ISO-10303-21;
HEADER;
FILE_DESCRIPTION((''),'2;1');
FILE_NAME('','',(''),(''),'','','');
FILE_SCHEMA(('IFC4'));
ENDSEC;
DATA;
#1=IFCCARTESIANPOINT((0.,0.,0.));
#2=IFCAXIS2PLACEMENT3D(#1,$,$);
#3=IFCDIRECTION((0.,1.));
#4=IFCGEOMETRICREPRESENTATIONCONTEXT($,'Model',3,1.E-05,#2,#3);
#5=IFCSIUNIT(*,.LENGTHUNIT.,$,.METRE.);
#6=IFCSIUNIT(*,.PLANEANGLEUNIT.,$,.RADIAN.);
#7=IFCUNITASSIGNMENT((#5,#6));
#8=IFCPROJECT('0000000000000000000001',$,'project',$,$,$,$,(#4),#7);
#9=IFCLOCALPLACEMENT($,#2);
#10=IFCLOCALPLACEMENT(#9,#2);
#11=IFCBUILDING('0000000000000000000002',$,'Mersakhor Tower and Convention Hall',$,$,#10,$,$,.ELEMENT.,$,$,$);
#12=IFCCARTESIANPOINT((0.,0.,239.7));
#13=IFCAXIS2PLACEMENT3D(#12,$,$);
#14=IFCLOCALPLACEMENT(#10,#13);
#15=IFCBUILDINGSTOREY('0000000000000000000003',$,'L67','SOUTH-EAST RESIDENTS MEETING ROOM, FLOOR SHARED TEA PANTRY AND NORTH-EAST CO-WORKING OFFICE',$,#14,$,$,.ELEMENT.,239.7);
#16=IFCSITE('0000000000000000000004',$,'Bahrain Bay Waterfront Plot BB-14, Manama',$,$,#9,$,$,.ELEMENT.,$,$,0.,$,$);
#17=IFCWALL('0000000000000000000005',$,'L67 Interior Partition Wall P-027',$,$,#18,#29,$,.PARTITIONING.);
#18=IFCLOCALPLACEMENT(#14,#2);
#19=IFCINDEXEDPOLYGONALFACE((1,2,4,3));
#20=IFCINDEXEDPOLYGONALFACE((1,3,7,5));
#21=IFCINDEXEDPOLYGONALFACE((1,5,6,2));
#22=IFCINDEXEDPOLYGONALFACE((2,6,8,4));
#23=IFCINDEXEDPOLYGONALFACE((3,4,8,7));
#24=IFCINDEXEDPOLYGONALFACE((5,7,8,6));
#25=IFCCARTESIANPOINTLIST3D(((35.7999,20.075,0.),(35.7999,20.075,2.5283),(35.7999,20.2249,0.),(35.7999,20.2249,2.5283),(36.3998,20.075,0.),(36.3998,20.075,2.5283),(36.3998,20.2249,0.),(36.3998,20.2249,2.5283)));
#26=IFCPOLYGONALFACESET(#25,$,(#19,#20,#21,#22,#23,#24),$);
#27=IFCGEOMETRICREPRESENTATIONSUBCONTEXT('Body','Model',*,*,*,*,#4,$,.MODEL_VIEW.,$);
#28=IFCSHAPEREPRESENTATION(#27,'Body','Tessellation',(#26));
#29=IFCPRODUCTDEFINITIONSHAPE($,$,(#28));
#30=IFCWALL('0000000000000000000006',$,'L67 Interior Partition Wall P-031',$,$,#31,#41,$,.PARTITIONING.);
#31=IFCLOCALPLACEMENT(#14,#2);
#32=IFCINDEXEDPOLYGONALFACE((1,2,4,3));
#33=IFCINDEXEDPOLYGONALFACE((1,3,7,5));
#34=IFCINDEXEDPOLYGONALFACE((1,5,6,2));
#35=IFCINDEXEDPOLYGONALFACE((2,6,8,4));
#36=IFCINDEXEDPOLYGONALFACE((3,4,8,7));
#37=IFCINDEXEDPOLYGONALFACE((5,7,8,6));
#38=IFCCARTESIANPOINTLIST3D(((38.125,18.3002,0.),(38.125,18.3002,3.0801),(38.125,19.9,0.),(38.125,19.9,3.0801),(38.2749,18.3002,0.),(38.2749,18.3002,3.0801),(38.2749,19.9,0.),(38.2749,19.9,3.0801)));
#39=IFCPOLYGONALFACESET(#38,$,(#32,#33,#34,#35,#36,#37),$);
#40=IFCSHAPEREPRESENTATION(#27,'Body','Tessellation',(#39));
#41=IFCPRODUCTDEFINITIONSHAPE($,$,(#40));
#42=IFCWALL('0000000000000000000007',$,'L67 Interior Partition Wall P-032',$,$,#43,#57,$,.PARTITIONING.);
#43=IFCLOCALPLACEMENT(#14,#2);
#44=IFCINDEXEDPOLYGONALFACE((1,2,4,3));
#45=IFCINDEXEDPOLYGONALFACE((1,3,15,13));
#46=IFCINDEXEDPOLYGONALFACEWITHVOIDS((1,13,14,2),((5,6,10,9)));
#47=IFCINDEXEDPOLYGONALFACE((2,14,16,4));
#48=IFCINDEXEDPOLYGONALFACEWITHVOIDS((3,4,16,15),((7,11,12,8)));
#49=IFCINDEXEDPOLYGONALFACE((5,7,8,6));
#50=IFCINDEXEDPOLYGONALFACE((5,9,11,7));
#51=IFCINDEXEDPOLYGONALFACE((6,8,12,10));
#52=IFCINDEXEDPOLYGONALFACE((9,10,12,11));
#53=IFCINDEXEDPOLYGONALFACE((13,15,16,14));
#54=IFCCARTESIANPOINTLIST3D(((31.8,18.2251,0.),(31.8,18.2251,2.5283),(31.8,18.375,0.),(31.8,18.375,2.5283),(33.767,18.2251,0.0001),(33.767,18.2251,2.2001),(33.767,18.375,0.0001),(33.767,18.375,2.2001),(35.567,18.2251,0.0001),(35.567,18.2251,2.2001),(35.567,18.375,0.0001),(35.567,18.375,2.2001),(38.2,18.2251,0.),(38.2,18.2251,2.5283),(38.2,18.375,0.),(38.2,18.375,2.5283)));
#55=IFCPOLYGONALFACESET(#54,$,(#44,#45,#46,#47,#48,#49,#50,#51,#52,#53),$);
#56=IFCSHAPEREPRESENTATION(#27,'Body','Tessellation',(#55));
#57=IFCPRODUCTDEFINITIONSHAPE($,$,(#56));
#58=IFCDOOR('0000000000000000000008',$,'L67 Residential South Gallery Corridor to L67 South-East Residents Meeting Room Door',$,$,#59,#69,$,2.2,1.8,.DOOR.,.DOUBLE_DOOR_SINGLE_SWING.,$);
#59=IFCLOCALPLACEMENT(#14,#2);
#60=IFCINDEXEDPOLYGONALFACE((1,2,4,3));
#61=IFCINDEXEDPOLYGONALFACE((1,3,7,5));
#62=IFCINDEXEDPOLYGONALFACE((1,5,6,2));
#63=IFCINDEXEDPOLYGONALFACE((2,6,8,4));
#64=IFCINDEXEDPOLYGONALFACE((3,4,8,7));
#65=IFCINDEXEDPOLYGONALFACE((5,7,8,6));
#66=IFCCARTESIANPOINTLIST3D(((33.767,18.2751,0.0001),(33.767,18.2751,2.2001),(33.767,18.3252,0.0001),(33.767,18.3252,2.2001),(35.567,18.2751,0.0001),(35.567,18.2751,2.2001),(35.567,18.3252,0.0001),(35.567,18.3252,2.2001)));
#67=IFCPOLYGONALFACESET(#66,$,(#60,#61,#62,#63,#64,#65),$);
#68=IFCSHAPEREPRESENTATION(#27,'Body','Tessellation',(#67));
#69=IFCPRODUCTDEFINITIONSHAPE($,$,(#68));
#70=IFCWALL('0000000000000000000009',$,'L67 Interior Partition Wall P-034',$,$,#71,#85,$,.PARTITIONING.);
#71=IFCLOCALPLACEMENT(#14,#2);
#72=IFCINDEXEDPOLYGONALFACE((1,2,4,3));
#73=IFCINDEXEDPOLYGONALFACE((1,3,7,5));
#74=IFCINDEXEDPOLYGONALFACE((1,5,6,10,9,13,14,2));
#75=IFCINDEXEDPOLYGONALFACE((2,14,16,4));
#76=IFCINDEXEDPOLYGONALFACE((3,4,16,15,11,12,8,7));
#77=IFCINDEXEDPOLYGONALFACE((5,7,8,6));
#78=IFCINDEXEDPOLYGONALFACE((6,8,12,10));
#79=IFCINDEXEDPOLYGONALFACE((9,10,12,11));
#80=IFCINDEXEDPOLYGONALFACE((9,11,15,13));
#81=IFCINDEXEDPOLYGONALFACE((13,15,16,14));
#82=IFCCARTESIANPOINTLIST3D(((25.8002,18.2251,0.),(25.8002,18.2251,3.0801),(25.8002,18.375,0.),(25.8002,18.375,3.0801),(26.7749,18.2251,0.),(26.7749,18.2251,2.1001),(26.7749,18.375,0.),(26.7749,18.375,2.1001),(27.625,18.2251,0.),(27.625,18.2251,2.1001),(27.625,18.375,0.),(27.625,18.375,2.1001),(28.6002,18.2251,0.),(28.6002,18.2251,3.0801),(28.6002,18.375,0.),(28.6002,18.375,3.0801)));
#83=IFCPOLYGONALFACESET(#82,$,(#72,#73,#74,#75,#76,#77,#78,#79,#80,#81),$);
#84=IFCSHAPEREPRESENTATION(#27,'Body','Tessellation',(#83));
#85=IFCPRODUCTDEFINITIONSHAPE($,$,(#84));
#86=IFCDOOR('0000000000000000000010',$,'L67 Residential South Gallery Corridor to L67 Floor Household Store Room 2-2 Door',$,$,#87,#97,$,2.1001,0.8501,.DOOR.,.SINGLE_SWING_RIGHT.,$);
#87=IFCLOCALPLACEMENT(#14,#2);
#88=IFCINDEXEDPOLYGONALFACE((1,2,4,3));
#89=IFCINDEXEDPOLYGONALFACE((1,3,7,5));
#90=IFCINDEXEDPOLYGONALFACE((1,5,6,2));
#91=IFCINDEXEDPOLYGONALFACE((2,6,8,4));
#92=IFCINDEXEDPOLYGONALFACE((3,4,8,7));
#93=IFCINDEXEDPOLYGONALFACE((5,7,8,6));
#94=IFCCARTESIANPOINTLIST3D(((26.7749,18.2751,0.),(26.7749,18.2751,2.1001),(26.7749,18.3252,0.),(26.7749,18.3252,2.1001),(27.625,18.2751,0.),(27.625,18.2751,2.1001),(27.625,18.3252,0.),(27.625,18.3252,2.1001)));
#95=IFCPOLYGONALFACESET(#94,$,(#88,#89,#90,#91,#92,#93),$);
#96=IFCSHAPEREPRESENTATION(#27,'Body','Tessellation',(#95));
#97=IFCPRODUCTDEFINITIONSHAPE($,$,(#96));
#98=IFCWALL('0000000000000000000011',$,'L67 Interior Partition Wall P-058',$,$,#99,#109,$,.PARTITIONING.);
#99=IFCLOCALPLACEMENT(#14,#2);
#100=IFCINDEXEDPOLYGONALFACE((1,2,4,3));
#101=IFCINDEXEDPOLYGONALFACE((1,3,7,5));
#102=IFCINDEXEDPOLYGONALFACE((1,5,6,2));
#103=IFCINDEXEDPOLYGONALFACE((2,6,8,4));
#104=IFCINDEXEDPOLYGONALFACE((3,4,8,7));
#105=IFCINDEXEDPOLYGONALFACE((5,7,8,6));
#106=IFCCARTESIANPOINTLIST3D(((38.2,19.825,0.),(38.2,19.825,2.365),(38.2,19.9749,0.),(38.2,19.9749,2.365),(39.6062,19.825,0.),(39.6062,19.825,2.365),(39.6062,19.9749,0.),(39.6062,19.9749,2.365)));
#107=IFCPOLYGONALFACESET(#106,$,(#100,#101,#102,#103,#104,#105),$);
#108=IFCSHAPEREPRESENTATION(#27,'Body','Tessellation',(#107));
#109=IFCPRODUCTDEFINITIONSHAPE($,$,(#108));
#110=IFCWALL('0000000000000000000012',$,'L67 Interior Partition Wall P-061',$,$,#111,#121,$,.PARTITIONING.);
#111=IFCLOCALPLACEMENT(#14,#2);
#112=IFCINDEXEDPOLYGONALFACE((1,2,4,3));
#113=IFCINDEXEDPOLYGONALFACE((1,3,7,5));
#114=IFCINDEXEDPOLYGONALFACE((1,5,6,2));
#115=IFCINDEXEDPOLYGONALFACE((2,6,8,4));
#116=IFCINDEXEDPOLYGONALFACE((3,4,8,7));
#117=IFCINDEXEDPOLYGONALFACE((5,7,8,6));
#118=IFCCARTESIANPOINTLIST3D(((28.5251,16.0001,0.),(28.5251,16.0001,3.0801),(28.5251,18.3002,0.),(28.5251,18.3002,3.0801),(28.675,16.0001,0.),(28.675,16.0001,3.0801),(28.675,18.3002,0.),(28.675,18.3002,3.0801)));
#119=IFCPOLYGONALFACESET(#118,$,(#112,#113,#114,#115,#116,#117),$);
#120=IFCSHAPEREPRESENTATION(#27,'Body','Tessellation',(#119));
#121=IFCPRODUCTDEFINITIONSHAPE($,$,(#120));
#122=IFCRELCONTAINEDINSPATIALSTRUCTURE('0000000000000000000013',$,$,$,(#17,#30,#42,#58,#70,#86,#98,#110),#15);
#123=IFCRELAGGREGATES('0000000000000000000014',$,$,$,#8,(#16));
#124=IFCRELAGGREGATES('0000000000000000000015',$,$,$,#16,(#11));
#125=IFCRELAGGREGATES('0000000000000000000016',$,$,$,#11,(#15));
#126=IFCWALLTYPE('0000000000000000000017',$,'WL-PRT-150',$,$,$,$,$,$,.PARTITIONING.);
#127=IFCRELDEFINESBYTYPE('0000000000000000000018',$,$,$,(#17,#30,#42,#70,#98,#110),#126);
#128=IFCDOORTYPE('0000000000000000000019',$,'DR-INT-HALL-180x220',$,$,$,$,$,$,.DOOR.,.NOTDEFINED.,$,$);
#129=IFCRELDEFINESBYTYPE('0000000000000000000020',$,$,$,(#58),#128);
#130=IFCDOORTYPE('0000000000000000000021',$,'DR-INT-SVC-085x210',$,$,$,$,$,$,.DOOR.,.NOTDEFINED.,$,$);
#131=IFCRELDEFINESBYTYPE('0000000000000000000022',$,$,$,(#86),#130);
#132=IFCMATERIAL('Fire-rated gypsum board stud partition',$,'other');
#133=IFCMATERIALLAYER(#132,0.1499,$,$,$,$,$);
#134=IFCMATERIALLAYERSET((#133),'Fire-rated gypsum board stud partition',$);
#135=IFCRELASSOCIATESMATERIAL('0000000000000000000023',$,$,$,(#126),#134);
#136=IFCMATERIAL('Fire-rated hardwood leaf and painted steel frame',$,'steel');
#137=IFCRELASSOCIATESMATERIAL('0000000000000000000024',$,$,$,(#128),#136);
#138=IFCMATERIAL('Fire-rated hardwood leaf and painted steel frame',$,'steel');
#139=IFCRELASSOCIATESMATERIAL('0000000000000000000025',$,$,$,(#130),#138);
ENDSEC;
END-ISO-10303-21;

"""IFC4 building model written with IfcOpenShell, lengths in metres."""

from ifc_helpers import new_model, si_unit, direction, frame, frame_2d, origin, place, context, subcontext, project, spatial, rectangle, extrude, material, layer, layer_set, type_object, element, fill, save


model = new_model("IFC4")

# Units and contexts
model_context = context("Model", 3, precision=1e-05, world=origin(), true_north=direction((0.0, 1.0)))
body_context = subcontext(model_context, "Body", "Model", "MODEL_VIEW")
ifc_project = project(units=[si_unit("LENGTHUNIT", "METRE"), si_unit("PLANEANGLEUNIT", "RADIAN")], contexts=[model_context])

# Site, building, storey
site_placement = place(None, origin())
site = spatial("IfcSite", under=ifc_project, at=site_placement, Name="Bahrain Bay Waterfront Plot BB-14, Manama", CompositionType="ELEMENT", RefElevation=0.0)
building_placement = place(site_placement, origin())
building = spatial("IfcBuilding", under=site, at=building_placement, Name="Mersakhor Tower and Convention Hall", CompositionType="ELEMENT")
storey_placement = place(building_placement, frame((0.0, 0.0, 239.7)))
storey = spatial("IfcBuildingStorey", under=building, at=storey_placement, Name="L67", Description="SOUTH-EAST RESIDENTS MEETING ROOM, FLOOR SHARED TEA PANTRY AND NORTH-EAST CO-WORKING OFFICE", CompositionType="ELEMENT", Elevation=239.7)

# Walls
ifc_material_1 = material(Name="Fire-rated gypsum board stud partition", Category="other")
ifc_layer_1 = layer(ifc_material_1, 0.1499)
ifc_layer_set_1 = layer_set([ifc_layer_1], Name="Fire-rated gypsum board stud partition")
wall_type_1 = type_object("IfcWallType", Name="WL-PRT-150", PredefinedType="PARTITIONING", material=ifc_layer_set_1)
wall_1_placement = place(storey_placement, frame((35.8, 20.1499, 0.0), z_axis=(0.0, 0.0, 1.0), x_axis=(1.0, 0.0, 0.0)))
element("IfcWall", 1, at=wall_1_placement, inside=storey, type_object=wall_type_1, Name="L67 Interior Partition Wall P-027", PredefinedType="PARTITIONING", context=body_context, shape_type="SweptSolid", body=[
    extrude(rectangle(XDim=0.5999, YDim=0.1499, at=frame_2d((0.2998, 0.0))), origin(), (0.0, 0.0, 1.0), 2.5283),
])
wall_2_placement = place(storey_placement, frame((38.2, 19.8999, 0.0), z_axis=(0.0, 0.0, 1.0), x_axis=(0.0, -1.0, 0.0)))
element("IfcWall", 2, at=wall_2_placement, inside=storey, type_object=wall_type_1, Name="L67 Interior Partition Wall P-031", PredefinedType="PARTITIONING", context=body_context, shape_type="SweptSolid", body=[
    extrude(rectangle(XDim=1.5999, YDim=0.1499, at=frame_2d((0.7998, 0.0))), origin(), (0.0, 0.0, 1.0), 3.0801),
])

# Walls, openings, doors
wall_3_placement = place(storey_placement, frame((38.2, 18.3, 0.0), z_axis=(0.0, 0.0, 1.0), x_axis=(-1.0, 0.0, 0.0)))
wall_3 = element("IfcWall", 3, at=wall_3_placement, inside=storey, type_object=wall_type_1, Name="L67 Interior Partition Wall P-032", PredefinedType="PARTITIONING", context=body_context, shape_type="SweptSolid", body=[
    extrude(rectangle(XDim=6.3999, YDim=0.1499, at=frame_2d((3.2, 0.0))), origin(), (0.0, 0.0, 1.0), 2.5283),
])
opening_1_placement = place(wall_3_placement, frame((2.6331, 0.0, 0.0)))
opening_1 = element("IfcOpeningElement", 4, at=opening_1_placement, cuts=wall_3, PredefinedType="OPENING", context=body_context, shape_type="SweptSolid", body=[
    extrude(rectangle(XDim=1.8, YDim=2.2, at=frame_2d((0.8999, 1.1001))), frame((0.0, 0.085, 0.0), z_axis=(0.0, -1.0, 0.0), x_axis=(1.0, 0.0, 0.0)), (0.0, 0.0, 1.0), 0.1699),
])
ifc_material_2 = material(Name="Fire-rated hardwood leaf and painted steel frame", Category="steel")
door_type_1 = type_object("IfcDoorType", Name="DR-INT-HALL-180x220", OperationType="NOTDEFINED", PredefinedType="DOOR", material=ifc_material_2)
door_1_placement = place(opening_1_placement, origin())
door_1 = element("IfcDoor", 5, at=door_1_placement, inside=storey, type_object=door_type_1, Name="L67 Residential South Gallery Corridor to L67 South-East Residents Meeting Room Door", OperationType="DOUBLE_DOOR_SINGLE_SWING", OverallHeight=2.2, OverallWidth=1.8, PredefinedType="DOOR", context=body_context, shape_type="SweptSolid", body=[
    extrude(rectangle(XDim=1.8, YDim=2.2, at=frame_2d((0.8999, 1.1001))), frame((0.0, 0.0249, 0.0), z_axis=(0.0, -1.0, 0.0), x_axis=(1.0, 0.0, 0.0)), (0.0, 0.0, 1.0), 0.05),
])
fill(opening_1, door_1)
wall_4_placement = place(storey_placement, frame((28.6001, 18.3, 0.0), z_axis=(0.0, 0.0, 1.0), x_axis=(-1.0, 0.0, 0.0)))
wall_4 = element("IfcWall", 6, at=wall_4_placement, inside=storey, type_object=wall_type_1, Name="L67 Interior Partition Wall P-034", PredefinedType="PARTITIONING", context=body_context, shape_type="SweptSolid", body=[
    extrude(rectangle(XDim=2.8, YDim=0.1499, at=frame_2d((1.3999, 0.0))), origin(), (0.0, 0.0, 1.0), 3.0801),
])
opening_2_placement = place(wall_4_placement, frame((0.9751, 0.0, 0.0)))
opening_2 = element("IfcOpeningElement", 7, at=opening_2_placement, cuts=wall_4, PredefinedType="OPENING", context=body_context, shape_type="SweptSolid", body=[
    extrude(rectangle(XDim=0.8501, YDim=2.1001, at=frame_2d((0.425, 1.05))), frame((0.0, 0.085, 0.0), z_axis=(0.0, -1.0, 0.0), x_axis=(1.0, 0.0, 0.0)), (0.0, 0.0, 1.0), 0.1699),
])
ifc_material_3 = material(Name="Fire-rated hardwood leaf and painted steel frame", Category="steel")
door_type_2 = type_object("IfcDoorType", Name="DR-INT-SVC-085x210", OperationType="NOTDEFINED", PredefinedType="DOOR", material=ifc_material_3)
door_2_placement = place(opening_2_placement, origin())
door_2 = element("IfcDoor", 8, at=door_2_placement, inside=storey, type_object=door_type_2, Name="L67 Residential South Gallery Corridor to L67 Floor Household Store Room 2-2 Door", OperationType="SINGLE_SWING_RIGHT", OverallHeight=2.1001, OverallWidth=0.8501, PredefinedType="DOOR", context=body_context, shape_type="SweptSolid", body=[
    extrude(rectangle(XDim=0.8501, YDim=2.1001, at=frame_2d((0.425, 1.05))), frame((0.0, 0.0249, 0.0), z_axis=(0.0, -1.0, 0.0), x_axis=(1.0, 0.0, 0.0)), (0.0, 0.0, 1.0), 0.05),
])
fill(opening_2, door_2)

# Walls
wall_5_placement = place(storey_placement, frame((39.6062, 19.8999, 0.0), z_axis=(0.0, 0.0, 1.0), x_axis=(-1.0, 0.0, 0.0)))
element("IfcWall", 9, at=wall_5_placement, inside=storey, type_object=wall_type_1, Name="L67 Interior Partition Wall P-058", PredefinedType="PARTITIONING", context=body_context, shape_type="SweptSolid", body=[
    extrude(rectangle(XDim=1.4062, YDim=0.1499, at=frame_2d((0.7031, 0.0))), origin(), (0.0, 0.0, 1.0), 2.365),
])
wall_6_placement = place(storey_placement, frame((28.6001, 18.3, 0.0), z_axis=(0.0, 0.0, 1.0), x_axis=(0.0, -1.0, 0.0)))
element("IfcWall", 10, at=wall_6_placement, inside=storey, type_object=wall_type_1, Name="L67 Interior Partition Wall P-061", PredefinedType="PARTITIONING", context=body_context, shape_type="SweptSolid", body=[
    extrude(rectangle(XDim=2.3, YDim=0.1499, at=frame_2d((1.1499, 0.0))), origin(), (0.0, 0.0, 1.0), 3.0801),
])

save(model, "model.ifc")
